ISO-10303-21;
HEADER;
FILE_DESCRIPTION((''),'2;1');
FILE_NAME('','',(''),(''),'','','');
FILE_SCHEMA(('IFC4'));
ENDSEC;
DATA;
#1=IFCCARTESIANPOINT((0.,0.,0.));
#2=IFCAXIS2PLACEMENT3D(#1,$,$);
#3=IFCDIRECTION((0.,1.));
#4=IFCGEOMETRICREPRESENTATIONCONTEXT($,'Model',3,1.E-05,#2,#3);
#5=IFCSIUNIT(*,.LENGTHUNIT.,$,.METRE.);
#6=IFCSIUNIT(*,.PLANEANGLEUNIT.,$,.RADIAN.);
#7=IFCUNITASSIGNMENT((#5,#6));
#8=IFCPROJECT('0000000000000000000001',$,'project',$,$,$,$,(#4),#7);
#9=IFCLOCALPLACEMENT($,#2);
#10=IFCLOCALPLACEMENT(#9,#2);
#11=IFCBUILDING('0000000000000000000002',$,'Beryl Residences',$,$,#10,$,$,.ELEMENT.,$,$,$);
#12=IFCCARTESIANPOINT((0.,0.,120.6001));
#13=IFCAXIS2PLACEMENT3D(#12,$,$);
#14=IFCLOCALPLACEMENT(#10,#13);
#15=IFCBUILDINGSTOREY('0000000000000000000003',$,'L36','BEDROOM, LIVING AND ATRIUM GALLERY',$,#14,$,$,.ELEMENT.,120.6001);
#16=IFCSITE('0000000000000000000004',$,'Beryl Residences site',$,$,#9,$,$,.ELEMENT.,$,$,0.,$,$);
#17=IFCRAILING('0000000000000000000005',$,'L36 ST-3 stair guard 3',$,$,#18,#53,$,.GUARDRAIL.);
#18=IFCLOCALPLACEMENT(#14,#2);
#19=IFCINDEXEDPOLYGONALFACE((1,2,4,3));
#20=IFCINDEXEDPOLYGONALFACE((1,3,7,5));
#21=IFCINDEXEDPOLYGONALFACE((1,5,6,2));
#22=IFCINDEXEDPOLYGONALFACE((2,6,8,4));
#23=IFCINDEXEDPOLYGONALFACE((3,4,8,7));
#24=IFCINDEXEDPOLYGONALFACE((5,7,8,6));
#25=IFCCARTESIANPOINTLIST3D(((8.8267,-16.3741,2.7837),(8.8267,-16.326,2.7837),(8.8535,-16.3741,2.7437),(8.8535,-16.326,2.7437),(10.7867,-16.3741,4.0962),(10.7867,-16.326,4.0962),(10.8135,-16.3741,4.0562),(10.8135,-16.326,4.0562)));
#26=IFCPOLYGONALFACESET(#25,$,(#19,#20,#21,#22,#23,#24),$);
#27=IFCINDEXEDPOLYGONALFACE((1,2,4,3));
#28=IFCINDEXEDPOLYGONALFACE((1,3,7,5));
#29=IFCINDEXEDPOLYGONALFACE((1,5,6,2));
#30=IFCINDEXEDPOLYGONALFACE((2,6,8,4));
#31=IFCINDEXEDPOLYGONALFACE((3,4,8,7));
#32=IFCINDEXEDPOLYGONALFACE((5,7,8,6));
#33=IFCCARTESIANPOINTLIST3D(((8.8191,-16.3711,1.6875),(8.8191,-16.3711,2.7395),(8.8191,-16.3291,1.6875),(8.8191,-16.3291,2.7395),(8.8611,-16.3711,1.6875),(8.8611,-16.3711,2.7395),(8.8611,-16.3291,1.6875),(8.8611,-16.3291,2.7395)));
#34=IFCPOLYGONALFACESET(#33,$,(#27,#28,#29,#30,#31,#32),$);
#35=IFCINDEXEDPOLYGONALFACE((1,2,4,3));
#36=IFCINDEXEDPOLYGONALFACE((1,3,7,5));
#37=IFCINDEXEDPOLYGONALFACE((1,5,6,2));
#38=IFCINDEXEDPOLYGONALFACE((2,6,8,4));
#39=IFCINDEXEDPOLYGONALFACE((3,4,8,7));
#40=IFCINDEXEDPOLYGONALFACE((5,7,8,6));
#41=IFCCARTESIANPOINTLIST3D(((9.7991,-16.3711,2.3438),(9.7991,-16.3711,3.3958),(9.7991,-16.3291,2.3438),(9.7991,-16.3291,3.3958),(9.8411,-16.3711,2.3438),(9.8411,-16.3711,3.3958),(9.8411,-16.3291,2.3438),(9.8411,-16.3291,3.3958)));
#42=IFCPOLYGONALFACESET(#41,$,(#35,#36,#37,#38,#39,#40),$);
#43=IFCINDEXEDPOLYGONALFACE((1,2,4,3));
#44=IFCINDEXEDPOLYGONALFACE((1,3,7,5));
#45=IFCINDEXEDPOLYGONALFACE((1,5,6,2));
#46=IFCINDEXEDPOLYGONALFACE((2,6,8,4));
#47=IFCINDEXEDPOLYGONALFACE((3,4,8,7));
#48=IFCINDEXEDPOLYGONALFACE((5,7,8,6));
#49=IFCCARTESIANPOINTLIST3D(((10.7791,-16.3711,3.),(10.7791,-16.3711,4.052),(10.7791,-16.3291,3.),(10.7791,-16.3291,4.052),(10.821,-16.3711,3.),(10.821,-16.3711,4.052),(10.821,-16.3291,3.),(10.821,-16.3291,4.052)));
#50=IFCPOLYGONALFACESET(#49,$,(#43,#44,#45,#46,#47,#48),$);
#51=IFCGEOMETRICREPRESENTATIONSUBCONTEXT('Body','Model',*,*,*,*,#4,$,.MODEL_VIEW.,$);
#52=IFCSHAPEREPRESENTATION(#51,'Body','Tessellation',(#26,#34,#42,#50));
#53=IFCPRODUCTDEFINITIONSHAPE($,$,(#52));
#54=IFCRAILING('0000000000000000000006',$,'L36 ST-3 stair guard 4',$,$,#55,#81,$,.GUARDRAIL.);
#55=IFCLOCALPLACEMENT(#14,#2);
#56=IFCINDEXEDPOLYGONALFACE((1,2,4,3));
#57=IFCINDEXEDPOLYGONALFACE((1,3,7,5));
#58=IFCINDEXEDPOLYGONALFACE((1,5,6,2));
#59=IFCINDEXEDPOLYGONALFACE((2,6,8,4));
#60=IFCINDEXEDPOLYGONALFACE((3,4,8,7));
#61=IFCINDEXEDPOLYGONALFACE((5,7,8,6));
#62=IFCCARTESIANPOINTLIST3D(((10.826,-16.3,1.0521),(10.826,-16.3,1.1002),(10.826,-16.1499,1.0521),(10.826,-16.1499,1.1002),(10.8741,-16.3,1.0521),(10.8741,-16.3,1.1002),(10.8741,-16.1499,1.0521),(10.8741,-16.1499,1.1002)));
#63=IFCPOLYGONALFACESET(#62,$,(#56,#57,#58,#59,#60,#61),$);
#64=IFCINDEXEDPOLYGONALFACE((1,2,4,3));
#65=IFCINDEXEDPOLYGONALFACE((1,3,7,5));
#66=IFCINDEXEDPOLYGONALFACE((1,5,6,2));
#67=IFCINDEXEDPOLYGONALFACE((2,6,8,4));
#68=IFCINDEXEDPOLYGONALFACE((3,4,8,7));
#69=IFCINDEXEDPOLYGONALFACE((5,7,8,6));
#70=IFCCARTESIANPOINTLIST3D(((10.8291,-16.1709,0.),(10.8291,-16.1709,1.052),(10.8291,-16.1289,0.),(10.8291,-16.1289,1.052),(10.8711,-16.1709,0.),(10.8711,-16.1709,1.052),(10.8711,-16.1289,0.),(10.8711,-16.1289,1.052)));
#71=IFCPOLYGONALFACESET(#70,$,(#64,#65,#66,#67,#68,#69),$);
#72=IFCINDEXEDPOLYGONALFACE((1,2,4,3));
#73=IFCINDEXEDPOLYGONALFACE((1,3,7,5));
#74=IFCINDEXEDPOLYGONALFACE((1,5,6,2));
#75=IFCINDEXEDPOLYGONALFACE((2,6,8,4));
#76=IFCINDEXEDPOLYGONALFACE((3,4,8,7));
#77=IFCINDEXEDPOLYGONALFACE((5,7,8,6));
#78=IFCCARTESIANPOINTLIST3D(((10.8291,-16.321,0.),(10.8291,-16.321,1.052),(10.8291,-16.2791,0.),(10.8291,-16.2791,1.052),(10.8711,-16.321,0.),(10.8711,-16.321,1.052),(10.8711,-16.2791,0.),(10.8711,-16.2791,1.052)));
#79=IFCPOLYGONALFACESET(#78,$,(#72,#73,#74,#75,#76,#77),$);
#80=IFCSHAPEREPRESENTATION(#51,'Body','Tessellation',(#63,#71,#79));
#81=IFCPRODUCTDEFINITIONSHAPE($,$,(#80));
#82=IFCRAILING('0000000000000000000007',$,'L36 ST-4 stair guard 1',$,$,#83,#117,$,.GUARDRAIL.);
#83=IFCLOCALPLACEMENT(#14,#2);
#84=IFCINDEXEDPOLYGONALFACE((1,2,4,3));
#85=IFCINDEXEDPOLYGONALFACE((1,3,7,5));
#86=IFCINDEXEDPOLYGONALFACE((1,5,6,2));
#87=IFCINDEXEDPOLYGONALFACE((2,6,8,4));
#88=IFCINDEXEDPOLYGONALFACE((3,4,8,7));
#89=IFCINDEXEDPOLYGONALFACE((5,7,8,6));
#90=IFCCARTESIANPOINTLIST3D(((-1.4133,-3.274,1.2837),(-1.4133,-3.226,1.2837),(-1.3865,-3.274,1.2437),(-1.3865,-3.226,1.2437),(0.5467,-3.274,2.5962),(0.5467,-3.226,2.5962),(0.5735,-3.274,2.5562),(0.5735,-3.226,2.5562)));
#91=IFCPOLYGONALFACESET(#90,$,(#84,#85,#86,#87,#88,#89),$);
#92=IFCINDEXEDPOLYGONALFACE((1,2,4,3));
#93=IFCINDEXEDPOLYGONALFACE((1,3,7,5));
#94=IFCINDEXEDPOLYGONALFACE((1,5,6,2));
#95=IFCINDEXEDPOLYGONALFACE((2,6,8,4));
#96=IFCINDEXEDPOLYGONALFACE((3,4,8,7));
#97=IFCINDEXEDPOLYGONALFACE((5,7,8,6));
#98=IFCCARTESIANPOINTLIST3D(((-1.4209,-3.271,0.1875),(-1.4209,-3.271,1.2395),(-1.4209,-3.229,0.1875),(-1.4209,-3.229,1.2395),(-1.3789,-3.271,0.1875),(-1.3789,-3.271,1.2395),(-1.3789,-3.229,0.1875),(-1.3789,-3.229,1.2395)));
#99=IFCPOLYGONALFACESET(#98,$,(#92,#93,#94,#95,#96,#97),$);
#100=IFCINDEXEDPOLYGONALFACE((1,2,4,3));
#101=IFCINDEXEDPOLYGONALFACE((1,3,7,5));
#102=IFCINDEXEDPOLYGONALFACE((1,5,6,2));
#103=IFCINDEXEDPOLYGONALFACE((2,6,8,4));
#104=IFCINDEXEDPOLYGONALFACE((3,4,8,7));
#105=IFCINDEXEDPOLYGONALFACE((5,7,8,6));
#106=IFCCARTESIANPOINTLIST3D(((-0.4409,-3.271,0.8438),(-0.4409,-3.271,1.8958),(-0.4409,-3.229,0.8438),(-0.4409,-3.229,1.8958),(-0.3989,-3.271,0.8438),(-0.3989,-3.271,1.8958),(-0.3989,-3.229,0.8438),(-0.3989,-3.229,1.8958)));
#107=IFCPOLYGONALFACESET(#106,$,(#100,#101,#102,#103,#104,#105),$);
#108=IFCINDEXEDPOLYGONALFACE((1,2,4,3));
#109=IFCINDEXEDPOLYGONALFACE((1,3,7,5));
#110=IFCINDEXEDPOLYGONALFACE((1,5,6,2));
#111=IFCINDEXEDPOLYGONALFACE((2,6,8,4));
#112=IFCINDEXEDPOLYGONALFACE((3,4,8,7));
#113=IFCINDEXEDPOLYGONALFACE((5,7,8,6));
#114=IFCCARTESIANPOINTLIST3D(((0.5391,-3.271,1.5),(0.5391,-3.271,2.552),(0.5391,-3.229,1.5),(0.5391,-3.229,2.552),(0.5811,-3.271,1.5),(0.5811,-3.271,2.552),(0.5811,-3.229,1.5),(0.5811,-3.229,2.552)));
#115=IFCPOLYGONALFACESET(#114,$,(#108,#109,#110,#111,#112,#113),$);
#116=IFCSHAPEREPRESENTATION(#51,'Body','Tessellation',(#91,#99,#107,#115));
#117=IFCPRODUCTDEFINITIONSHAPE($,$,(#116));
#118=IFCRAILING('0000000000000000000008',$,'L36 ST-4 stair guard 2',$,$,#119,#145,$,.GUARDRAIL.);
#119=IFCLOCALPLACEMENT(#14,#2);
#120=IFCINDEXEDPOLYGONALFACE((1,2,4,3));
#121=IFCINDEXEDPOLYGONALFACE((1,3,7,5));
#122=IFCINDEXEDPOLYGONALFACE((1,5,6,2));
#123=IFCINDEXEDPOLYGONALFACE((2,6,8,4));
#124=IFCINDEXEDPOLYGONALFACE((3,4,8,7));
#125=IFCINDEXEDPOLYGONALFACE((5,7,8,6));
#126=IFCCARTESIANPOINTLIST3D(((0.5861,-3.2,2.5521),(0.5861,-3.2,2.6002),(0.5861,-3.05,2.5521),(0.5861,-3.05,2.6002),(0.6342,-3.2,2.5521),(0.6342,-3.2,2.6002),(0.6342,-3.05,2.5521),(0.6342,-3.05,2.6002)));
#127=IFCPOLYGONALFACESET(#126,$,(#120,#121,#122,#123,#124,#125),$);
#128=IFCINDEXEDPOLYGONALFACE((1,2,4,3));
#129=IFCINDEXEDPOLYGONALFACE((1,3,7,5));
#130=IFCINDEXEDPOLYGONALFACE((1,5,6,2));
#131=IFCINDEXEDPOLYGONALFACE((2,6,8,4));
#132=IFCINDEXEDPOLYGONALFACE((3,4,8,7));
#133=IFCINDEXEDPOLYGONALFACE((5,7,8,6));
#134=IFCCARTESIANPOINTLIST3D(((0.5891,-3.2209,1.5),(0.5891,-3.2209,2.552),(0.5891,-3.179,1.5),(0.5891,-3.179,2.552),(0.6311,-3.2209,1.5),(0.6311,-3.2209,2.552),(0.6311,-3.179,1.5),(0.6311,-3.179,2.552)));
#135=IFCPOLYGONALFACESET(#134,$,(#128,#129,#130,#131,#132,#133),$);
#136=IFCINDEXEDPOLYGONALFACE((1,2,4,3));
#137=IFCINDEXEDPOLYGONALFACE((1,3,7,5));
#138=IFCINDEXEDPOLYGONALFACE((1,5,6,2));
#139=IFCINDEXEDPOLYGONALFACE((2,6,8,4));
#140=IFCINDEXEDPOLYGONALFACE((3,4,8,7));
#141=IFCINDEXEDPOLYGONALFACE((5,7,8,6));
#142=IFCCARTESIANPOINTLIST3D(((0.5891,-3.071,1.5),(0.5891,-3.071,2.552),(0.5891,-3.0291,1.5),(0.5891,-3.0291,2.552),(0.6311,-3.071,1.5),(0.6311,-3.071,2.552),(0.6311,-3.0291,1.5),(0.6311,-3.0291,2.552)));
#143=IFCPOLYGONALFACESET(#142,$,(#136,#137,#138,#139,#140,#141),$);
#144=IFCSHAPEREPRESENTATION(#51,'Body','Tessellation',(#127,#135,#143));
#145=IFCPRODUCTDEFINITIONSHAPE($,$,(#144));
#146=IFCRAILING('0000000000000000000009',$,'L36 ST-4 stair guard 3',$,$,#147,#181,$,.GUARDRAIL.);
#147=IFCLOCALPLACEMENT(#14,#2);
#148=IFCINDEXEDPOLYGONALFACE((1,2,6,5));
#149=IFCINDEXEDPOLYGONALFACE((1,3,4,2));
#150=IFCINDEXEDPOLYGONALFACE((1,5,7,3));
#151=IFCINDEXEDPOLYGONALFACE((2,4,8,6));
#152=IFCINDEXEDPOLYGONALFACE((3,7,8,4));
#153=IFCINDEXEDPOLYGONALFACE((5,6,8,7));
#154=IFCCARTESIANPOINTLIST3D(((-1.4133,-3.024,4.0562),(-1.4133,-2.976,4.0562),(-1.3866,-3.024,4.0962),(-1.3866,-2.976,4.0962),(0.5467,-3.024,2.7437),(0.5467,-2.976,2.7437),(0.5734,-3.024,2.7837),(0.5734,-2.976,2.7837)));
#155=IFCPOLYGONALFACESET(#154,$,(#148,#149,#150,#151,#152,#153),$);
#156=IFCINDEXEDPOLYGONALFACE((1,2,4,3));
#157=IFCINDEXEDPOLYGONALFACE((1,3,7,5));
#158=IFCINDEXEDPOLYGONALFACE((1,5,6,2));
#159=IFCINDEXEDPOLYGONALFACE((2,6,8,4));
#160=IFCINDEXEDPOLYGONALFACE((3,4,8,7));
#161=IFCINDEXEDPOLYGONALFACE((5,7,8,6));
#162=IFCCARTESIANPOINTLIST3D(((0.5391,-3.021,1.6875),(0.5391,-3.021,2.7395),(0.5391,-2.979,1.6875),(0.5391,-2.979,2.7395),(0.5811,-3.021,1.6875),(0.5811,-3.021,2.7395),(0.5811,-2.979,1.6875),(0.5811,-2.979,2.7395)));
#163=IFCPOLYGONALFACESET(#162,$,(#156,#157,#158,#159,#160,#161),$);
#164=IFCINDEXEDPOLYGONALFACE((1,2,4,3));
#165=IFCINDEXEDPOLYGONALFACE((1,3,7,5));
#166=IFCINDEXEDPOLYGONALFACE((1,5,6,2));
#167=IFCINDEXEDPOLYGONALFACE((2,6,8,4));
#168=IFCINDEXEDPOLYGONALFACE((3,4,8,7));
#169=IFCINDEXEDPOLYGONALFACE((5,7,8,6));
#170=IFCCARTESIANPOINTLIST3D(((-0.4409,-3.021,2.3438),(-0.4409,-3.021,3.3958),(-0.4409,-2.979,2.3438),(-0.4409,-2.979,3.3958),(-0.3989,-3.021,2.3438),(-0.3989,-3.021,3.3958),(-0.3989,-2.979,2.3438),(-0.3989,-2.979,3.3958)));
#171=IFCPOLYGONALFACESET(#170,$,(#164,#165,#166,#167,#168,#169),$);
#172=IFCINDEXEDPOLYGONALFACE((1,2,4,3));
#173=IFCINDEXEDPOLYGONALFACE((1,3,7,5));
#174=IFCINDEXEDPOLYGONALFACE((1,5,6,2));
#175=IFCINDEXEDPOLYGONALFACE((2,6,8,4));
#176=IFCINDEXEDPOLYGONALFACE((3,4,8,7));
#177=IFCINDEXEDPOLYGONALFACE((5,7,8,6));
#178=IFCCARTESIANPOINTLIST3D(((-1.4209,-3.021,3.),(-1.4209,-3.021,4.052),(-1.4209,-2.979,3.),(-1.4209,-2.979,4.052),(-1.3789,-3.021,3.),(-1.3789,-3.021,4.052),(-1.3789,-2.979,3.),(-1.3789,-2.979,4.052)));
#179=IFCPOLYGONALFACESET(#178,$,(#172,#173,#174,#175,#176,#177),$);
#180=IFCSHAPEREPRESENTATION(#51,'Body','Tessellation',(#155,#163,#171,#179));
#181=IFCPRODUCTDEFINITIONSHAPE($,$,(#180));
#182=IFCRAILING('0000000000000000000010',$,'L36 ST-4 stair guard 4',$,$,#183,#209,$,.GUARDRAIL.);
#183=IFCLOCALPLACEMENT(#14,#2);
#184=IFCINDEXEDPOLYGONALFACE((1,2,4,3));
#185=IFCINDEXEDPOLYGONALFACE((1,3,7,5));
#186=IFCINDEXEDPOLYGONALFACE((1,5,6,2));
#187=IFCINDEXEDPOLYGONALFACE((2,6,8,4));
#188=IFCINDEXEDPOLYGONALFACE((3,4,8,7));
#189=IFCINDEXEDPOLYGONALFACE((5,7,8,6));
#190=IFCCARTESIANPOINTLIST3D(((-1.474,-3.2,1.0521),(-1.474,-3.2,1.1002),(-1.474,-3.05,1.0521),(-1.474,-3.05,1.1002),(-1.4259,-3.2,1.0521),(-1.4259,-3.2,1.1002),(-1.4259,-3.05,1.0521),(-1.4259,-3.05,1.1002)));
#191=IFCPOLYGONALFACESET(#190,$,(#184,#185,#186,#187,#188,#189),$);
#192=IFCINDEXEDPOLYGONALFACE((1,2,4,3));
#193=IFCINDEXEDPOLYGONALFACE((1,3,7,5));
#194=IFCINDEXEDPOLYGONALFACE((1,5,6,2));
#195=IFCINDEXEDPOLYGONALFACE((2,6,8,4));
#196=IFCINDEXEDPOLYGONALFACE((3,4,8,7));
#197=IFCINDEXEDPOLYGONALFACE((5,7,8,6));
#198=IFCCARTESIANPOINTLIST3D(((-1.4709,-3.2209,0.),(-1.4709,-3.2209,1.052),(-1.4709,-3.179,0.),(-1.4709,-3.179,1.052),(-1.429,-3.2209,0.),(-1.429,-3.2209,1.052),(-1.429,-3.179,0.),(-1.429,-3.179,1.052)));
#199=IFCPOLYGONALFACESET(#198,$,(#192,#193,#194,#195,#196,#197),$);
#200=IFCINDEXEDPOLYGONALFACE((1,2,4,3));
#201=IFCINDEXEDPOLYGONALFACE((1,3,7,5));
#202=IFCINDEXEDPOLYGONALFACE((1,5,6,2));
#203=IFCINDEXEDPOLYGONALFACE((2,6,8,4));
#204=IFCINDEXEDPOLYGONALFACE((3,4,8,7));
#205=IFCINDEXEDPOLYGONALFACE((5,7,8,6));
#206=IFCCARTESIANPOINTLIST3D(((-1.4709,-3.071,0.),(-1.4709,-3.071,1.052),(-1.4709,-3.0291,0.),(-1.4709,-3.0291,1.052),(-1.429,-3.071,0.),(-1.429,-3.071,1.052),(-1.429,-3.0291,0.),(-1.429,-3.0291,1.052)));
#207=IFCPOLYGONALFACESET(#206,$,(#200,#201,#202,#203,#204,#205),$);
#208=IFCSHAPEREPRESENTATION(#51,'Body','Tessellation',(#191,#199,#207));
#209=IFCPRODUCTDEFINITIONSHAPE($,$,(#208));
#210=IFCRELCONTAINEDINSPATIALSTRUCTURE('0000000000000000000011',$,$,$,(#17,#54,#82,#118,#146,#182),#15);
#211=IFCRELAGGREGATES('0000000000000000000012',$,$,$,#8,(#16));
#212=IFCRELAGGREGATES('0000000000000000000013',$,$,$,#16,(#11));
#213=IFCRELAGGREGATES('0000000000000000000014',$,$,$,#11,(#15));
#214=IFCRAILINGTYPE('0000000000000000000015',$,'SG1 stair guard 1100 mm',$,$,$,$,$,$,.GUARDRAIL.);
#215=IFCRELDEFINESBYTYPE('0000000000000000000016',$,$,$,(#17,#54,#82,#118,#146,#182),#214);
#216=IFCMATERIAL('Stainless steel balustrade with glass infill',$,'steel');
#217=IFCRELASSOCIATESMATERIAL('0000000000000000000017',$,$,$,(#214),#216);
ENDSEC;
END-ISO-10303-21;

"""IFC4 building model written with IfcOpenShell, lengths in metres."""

from ifc_helpers import new_model, si_unit, direction, frame, origin, origin_2d, place, context, subcontext, project, spatial, rectangle, extrude, material, type_object, element, save


model = new_model("IFC4")

# Units and contexts
model_context = context("Model", 3, precision=1e-05, world=origin(), true_north=direction((0.0, 1.0)))
body_context = subcontext(model_context, "Body", "Model", "MODEL_VIEW")
ifc_project = project(units=[si_unit("LENGTHUNIT", "METRE"), si_unit("PLANEANGLEUNIT", "RADIAN")], contexts=[model_context])

# Site, building, storey
site_placement = place(None, origin())
site = spatial("IfcSite", under=ifc_project, at=site_placement, Name="Beryl Residences site", CompositionType="ELEMENT", RefElevation=0.0)
building_placement = place(site_placement, origin())
building = spatial("IfcBuilding", under=site, at=building_placement, Name="Beryl Residences", CompositionType="ELEMENT")
storey_placement = place(building_placement, frame((0.0, 0.0, 120.6001)))
storey = spatial("IfcBuildingStorey", under=building, at=storey_placement, Name="L36", Description="BEDROOM, LIVING AND ATRIUM GALLERY", CompositionType="ELEMENT", Elevation=120.6001)

# Railings
ifc_material_1 = material(Name="Stainless steel balustrade with glass infill", Category="steel")
railing_type_1 = type_object("IfcRailingType", Name="SG1 stair guard 1100 mm", PredefinedType="GUARDRAIL", material=ifc_material_1)
railing_1_placement = place(storey_placement, frame((8.8401, -16.3501, 1.6875)))
element("IfcRailing", 1, at=railing_1_placement, inside=storey, type_object=railing_type_1, Name="L36 ST-3 stair guard 3", PredefinedType="GUARDRAIL", context=body_context, shape_type="SweptSolid", body=[
    extrude(rectangle(XDim=0.0481, YDim=0.0481, at=origin_2d()), frame((0.0, 0.0, 1.0762), z_axis=(0.830902, 0.0, 0.556419), x_axis=(0.0, 1.0, 0.0)), (0.0, 0.0, 1.0), 2.3589),
    extrude(rectangle(XDim=0.042, YDim=0.042, at=origin_2d()), origin(), (0.0, 0.0, 1.0), 1.052),
    extrude(rectangle(XDim=0.042, YDim=0.042, at=origin_2d()), frame((0.98, 0.0, 0.6562)), (0.0, 0.0, 1.0), 1.052),
    extrude(rectangle(XDim=0.042, YDim=0.042, at=origin_2d()), frame((1.96, 0.0, 1.3125)), (0.0, 0.0, 1.0), 1.052),
])
railing_2_placement = place(storey_placement, frame((10.8501, -16.1499, 0.0)))
element("IfcRailing", 2, at=railing_2_placement, inside=storey, type_object=railing_type_1, Name="L36 ST-3 stair guard 4", PredefinedType="GUARDRAIL", context=body_context, shape_type="SweptSolid", body=[
    extrude(rectangle(XDim=0.0481, YDim=0.0481, at=origin_2d()), frame((0.0, 0.0, 1.0762), z_axis=(0.0, -1.0, 0.0), x_axis=(1.0, 0.0, 0.0)), (0.0, 0.0, 1.0), 0.1501),
    extrude(rectangle(XDim=0.042, YDim=0.042, at=origin_2d()), origin(), (0.0, 0.0, 1.0), 1.052),
    extrude(rectangle(XDim=0.042, YDim=0.042, at=origin_2d()), frame((0.0, -0.1501, 0.0)), (0.0, 0.0, 1.0), 1.052),
])
railing_3_placement = place(storey_placement, frame((-1.3999, -3.25, 0.1875)))
element("IfcRailing", 3, at=railing_3_placement, inside=storey, type_object=railing_type_1, Name="L36 ST-4 stair guard 1", PredefinedType="GUARDRAIL", context=body_context, shape_type="SweptSolid", body=[
    extrude(rectangle(XDim=0.0481, YDim=0.0481, at=origin_2d()), frame((0.0, 0.0, 1.0762), z_axis=(0.830902, 0.0, 0.556419), x_axis=(0.0, 1.0, 0.0)), (0.0, 0.0, 1.0), 2.3589),
    extrude(rectangle(XDim=0.042, YDim=0.042, at=origin_2d()), origin(), (0.0, 0.0, 1.0), 1.052),
    extrude(rectangle(XDim=0.042, YDim=0.042, at=origin_2d()), frame((0.98, 0.0, 0.6562)), (0.0, 0.0, 1.0), 1.052),
    extrude(rectangle(XDim=0.042, YDim=0.042, at=origin_2d()), frame((1.96, 0.0, 1.3125)), (0.0, 0.0, 1.0), 1.052),
])
railing_4_placement = place(storey_placement, frame((0.6101, -3.2, 1.5)))
element("IfcRailing", 4, at=railing_4_placement, inside=storey, type_object=railing_type_1, Name="L36 ST-4 stair guard 2", PredefinedType="GUARDRAIL", context=body_context, shape_type="SweptSolid", body=[
    extrude(rectangle(XDim=0.0481, YDim=0.0481, at=origin_2d()), frame((0.0, 0.0, 1.0762), z_axis=(0.0, 1.0, 0.0), x_axis=(-1.0, 0.0, 0.0)), (0.0, 0.0, 1.0), 0.1499),
    extrude(rectangle(XDim=0.042, YDim=0.042, at=origin_2d()), origin(), (0.0, 0.0, 1.0), 1.052),
    extrude(rectangle(XDim=0.042, YDim=0.042, at=origin_2d()), frame((0.0, 0.1499, 0.0)), (0.0, 0.0, 1.0), 1.052),
])
railing_5_placement = place(storey_placement, frame((0.5601, -3.0, 1.6875)))
element("IfcRailing", 5, at=railing_5_placement, inside=storey, type_object=railing_type_1, Name="L36 ST-4 stair guard 3", PredefinedType="GUARDRAIL", context=body_context, shape_type="SweptSolid", body=[
    extrude(rectangle(XDim=0.0481, YDim=0.0481, at=origin_2d()), frame((0.0, 0.0, 1.0762), z_axis=(-0.830902, 0.0, 0.556419), x_axis=(0.0, -1.0, 0.0)), (0.0, 0.0, 1.0), 2.3589),
    extrude(rectangle(XDim=0.042, YDim=0.042, at=origin_2d()), origin(), (0.0, 0.0, 1.0), 1.052),
    extrude(rectangle(XDim=0.042, YDim=0.042, at=origin_2d()), frame((-0.98, 0.0, 0.6562)), (0.0, 0.0, 1.0), 1.052),
    extrude(rectangle(XDim=0.042, YDim=0.042, at=origin_2d()), frame((-1.96, 0.0, 1.3125)), (0.0, 0.0, 1.0), 1.052),
])
railing_6_placement = place(storey_placement, frame((-1.45, -3.2, 0.0)))
element("IfcRailing", 6, at=railing_6_placement, inside=storey, type_object=railing_type_1, Name="L36 ST-4 stair guard 4", PredefinedType="GUARDRAIL", context=body_context, shape_type="SweptSolid", body=[
    extrude(rectangle(XDim=0.0481, YDim=0.0481, at=origin_2d()), frame((0.0, 0.0, 1.0762), z_axis=(0.0, 1.0, 0.0), x_axis=(-1.0, 0.0, 0.0)), (0.0, 0.0, 1.0), 0.1499),
    extrude(rectangle(XDim=0.042, YDim=0.042, at=origin_2d()), origin(), (0.0, 0.0, 1.0), 1.052),
    extrude(rectangle(XDim=0.042, YDim=0.042, at=origin_2d()), frame((0.0, 0.1499, 0.0)), (0.0, 0.0, 1.0), 1.052),
])

save(model, "model.ifc")
